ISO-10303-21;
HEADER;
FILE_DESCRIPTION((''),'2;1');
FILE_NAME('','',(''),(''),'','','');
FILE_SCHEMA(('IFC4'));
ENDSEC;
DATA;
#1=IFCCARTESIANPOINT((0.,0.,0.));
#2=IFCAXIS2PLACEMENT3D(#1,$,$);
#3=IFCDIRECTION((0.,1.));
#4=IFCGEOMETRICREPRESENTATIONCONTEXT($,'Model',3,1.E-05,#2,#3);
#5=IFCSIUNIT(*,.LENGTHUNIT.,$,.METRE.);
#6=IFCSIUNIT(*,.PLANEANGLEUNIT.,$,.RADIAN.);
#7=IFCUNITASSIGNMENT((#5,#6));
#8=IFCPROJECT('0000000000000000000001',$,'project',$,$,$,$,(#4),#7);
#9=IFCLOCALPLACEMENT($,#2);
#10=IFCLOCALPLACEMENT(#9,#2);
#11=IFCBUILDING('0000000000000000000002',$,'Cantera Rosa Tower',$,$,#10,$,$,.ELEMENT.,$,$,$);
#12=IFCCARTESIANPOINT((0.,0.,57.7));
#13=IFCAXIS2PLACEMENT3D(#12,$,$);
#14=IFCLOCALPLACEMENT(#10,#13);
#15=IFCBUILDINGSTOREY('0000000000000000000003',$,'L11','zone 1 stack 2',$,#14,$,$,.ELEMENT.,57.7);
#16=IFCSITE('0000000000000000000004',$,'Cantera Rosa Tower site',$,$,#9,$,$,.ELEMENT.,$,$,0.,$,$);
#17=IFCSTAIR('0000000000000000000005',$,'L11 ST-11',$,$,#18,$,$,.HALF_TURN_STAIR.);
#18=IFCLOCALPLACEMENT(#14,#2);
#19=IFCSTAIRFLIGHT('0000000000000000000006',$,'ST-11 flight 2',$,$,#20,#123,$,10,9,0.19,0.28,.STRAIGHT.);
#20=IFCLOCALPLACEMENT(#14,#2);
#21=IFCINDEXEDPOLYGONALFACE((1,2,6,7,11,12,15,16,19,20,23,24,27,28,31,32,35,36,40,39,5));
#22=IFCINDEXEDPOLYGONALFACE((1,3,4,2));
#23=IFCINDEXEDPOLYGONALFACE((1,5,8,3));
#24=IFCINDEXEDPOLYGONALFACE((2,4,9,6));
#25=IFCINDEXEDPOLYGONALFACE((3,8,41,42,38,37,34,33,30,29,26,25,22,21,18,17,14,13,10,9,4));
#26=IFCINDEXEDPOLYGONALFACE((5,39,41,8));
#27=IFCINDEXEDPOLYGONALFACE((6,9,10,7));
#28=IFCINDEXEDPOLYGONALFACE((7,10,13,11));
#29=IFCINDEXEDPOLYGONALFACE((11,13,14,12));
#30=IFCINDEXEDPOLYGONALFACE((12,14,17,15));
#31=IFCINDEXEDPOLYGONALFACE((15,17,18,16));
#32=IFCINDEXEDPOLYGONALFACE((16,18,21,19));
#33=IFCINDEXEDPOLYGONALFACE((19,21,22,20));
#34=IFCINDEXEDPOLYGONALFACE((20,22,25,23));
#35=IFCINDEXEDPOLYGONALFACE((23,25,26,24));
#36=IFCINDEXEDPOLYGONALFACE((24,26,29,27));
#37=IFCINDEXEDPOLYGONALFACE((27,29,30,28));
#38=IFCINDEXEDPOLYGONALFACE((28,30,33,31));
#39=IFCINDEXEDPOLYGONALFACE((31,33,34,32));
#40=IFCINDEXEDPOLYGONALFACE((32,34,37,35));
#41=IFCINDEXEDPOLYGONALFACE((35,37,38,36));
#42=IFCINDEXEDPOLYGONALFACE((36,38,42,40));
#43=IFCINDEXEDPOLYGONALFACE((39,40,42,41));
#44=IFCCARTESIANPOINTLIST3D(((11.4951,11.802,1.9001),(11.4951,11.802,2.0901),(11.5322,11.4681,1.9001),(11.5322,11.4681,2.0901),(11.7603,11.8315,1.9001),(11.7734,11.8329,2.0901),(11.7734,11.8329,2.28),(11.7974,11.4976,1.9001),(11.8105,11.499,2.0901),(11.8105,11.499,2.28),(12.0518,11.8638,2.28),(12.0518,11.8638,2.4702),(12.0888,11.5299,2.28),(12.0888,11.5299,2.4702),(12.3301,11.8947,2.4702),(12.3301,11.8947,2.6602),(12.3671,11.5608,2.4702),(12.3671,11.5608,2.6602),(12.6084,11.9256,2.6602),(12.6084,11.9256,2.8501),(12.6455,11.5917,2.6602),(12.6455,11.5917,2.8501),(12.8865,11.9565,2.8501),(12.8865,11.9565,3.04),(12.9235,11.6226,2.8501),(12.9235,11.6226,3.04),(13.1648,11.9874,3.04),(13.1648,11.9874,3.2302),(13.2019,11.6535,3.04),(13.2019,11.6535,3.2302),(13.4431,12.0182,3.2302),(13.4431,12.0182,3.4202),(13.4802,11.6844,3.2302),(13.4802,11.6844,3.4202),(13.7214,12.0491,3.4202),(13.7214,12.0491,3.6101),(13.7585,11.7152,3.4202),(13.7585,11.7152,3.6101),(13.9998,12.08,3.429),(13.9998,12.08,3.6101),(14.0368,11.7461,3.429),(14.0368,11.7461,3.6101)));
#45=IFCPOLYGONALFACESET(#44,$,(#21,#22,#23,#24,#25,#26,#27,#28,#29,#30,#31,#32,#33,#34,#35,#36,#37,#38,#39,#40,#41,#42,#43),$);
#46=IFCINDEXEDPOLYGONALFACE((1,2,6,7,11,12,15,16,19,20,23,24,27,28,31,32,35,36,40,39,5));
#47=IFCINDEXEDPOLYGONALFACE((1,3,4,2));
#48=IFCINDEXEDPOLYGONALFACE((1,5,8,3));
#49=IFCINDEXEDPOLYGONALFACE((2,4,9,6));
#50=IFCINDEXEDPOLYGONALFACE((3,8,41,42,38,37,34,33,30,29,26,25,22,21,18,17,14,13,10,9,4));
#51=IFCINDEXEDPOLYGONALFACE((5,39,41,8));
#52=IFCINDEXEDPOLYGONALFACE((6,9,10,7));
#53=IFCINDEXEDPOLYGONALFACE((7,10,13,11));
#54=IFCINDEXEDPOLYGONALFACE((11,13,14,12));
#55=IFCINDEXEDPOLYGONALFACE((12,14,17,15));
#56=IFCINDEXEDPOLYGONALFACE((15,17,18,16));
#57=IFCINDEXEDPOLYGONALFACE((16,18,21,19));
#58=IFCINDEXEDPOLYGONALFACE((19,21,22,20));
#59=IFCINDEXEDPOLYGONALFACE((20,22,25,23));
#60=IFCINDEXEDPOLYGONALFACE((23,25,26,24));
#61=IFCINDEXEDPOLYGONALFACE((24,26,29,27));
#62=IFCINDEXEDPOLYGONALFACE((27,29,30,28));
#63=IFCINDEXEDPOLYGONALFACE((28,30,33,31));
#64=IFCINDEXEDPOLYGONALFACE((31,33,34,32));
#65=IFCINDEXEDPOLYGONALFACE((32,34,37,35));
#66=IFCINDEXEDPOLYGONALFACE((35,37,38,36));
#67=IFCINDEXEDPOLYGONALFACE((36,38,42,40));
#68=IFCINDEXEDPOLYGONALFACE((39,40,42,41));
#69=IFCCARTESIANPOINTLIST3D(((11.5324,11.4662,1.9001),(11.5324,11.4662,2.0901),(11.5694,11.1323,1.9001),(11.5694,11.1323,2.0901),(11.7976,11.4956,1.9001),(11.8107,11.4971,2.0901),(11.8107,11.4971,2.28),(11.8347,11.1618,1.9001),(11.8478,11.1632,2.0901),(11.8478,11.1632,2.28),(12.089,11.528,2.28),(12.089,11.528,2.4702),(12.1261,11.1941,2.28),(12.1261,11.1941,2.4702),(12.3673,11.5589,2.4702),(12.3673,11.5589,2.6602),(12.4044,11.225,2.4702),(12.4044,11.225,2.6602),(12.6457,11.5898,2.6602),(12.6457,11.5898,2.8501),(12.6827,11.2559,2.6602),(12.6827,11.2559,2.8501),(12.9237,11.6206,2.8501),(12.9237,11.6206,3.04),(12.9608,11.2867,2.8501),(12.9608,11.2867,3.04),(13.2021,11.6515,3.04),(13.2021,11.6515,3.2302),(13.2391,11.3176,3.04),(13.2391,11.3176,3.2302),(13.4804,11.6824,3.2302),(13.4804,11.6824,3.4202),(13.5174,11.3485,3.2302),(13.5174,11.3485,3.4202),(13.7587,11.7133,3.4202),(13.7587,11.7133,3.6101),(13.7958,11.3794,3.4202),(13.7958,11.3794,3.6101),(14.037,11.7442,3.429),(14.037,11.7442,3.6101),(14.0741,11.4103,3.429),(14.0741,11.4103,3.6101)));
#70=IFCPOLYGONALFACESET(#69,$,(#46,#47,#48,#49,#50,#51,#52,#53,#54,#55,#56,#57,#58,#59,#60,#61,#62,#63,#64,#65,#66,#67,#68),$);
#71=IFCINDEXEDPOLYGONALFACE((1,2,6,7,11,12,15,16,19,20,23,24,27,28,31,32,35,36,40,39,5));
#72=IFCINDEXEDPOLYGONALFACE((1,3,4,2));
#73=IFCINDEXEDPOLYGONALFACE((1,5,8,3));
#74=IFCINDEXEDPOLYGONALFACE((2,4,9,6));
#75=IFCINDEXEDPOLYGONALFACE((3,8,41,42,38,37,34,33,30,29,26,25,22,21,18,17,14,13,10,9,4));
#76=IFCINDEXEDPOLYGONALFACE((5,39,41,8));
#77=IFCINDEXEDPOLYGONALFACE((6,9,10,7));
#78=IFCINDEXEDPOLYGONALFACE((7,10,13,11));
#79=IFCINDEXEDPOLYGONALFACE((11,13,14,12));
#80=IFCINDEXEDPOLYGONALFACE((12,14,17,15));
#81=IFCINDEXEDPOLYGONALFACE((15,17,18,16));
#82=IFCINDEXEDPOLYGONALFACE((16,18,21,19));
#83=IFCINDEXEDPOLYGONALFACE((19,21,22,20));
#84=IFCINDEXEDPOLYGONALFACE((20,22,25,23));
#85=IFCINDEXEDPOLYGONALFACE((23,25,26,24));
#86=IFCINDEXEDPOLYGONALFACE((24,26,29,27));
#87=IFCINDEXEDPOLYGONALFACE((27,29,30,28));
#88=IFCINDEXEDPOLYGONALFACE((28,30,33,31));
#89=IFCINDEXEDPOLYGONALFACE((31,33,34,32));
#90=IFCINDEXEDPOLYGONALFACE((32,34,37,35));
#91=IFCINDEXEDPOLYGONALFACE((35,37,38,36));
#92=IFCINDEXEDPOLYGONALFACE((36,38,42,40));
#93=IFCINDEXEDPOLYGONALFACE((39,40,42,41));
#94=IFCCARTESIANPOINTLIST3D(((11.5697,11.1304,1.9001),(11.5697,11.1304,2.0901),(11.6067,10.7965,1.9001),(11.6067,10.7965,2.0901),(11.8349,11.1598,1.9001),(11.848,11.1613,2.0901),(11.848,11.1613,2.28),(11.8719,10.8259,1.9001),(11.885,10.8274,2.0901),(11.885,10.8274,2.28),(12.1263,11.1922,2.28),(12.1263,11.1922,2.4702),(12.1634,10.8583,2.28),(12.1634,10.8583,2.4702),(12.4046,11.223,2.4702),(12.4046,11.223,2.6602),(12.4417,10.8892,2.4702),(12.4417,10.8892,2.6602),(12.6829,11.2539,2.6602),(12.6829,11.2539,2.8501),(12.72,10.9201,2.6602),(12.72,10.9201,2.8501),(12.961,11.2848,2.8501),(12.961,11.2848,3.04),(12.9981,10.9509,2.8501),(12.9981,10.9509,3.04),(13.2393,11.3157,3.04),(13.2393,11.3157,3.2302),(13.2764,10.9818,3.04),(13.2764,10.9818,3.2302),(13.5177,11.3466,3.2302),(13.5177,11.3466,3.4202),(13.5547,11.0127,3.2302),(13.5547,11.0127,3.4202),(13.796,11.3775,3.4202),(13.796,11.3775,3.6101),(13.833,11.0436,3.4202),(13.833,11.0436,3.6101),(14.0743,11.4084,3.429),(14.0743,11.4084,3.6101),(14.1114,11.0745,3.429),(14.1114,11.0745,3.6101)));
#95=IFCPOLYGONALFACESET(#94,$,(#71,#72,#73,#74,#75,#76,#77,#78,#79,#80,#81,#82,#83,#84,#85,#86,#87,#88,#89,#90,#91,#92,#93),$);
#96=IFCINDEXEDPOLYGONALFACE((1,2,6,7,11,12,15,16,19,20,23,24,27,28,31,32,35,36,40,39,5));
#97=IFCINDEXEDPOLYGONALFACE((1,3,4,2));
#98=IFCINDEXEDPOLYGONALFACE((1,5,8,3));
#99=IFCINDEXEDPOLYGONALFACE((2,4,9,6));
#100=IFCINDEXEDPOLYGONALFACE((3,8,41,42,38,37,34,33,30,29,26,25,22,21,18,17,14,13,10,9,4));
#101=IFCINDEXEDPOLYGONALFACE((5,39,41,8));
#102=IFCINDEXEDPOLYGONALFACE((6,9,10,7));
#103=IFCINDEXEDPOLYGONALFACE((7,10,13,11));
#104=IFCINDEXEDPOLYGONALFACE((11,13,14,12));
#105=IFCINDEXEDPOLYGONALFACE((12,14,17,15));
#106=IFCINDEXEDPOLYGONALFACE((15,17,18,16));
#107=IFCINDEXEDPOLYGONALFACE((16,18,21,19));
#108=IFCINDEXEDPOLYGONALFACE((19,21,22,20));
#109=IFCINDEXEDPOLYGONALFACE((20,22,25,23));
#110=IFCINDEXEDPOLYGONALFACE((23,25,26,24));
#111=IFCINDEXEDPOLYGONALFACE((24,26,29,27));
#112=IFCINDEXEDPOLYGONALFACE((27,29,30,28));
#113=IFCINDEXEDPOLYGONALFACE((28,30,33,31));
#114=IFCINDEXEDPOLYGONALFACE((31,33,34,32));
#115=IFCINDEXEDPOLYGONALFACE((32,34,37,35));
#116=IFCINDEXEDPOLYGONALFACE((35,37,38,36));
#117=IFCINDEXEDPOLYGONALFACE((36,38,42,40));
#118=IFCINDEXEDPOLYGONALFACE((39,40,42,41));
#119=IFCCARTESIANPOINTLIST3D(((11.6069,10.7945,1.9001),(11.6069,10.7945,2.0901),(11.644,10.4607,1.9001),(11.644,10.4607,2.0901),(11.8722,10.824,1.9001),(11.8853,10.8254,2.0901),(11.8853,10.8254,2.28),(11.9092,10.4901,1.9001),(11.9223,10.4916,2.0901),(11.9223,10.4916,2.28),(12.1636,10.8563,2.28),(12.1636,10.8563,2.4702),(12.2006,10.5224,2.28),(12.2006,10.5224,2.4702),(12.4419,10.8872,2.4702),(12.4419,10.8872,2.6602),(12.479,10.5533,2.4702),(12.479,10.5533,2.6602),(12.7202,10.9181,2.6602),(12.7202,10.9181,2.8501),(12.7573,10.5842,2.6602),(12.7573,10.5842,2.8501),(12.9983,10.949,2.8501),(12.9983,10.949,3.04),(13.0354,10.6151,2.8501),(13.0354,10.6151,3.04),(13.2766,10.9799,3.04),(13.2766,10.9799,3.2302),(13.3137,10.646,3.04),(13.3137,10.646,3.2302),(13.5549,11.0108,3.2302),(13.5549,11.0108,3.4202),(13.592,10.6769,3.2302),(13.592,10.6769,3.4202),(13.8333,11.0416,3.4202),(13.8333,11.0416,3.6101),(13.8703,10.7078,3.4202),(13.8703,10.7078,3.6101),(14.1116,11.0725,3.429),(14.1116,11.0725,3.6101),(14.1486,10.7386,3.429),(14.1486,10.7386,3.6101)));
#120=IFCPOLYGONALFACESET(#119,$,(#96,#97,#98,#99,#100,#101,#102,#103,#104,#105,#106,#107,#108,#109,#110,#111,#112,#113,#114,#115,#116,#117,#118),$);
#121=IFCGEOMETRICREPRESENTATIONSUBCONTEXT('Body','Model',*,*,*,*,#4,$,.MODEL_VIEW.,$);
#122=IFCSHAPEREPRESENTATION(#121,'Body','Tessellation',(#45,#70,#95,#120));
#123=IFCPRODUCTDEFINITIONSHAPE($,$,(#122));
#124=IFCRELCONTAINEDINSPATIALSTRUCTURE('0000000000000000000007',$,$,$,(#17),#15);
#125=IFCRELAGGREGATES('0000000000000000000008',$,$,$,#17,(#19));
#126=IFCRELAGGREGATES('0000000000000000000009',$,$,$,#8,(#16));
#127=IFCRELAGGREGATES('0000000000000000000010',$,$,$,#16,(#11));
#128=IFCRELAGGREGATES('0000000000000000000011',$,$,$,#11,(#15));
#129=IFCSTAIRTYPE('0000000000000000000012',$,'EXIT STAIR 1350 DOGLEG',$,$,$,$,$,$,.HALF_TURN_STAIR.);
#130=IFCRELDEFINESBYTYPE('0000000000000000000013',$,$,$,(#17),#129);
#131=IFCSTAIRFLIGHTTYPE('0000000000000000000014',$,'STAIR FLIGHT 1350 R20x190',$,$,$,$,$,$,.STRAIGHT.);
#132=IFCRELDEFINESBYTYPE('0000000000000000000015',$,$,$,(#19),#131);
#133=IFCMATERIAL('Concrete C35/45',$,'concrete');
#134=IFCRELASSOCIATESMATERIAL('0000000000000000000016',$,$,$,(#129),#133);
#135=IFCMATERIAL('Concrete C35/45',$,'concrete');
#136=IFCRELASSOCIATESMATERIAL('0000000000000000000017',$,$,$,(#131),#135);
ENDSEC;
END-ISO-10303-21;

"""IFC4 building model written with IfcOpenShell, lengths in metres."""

from ifc_helpers import new_model, si_unit, direction, frame, origin, place, context, subcontext, project, spatial, polyline, outline, extrude, material, type_object, element, aggregate, save


model = new_model("IFC4")

# Units and contexts
model_context = context("Model", 3, precision=1e-05, world=origin(), true_north=direction((0.0, 1.0)))
body_context = subcontext(model_context, "Body", "Model", "MODEL_VIEW")
ifc_project = project(units=[si_unit("LENGTHUNIT", "METRE"), si_unit("PLANEANGLEUNIT", "RADIAN")], contexts=[model_context])

# Site, building, storey
site_placement = place(None, origin())
site = spatial("IfcSite", under=ifc_project, at=site_placement, Name="Cantera Rosa Tower site", CompositionType="ELEMENT", RefElevation=0.0)
building_placement = place(site_placement, origin())
building = spatial("IfcBuilding", under=site, at=building_placement, Name="Cantera Rosa Tower", CompositionType="ELEMENT")
storey_placement = place(building_placement, frame((0.0, 0.0, 57.7)))
storey = spatial("IfcBuildingStorey", under=building, at=storey_placement, Name="L11", Description="zone 1 stack 2", CompositionType="ELEMENT", Elevation=57.7)

# Stair
ifc_material_1 = material(Name="Concrete C35/45", Category="concrete")
stair_type = type_object("IfcStairType", Name="EXIT STAIR 1350 DOGLEG", PredefinedType="HALF_TURN_STAIR", material=ifc_material_1)
stair_1_placement = place(storey_placement, origin())
stair_1 = element("IfcStair", 1, at=stair_1_placement, inside=storey, type_object=stair_type, Name="L11 ST-11", PredefinedType="HALF_TURN_STAIR")

# Stair flight
ifc_material_2 = material(Name="Concrete C35/45", Category="concrete")
stair_flight_type = type_object("IfcStairFlightType", Name="STAIR FLIGHT 1350 R20x190", PredefinedType="STRAIGHT", material=ifc_material_2)
stair_flight_placement = place(storey_placement, frame((11.5696, 11.1311, 1.9001), z_axis=(0.0, 0.0, 1.0), x_axis=(0.993897, 0.110313, 0.0)))
stair_flight = element("IfcStairFlight", 2, at=stair_flight_placement, type_object=stair_flight_type, Name="ST-11 flight 2", NumberOfRisers=10, NumberOfTreads=9, PredefinedType="STRAIGHT", RiserHeight=0.19, TreadLength=0.28, context=body_context, shape_type="SweptSolid", body=[
    extrude(outline(polyline([(0.0, 0.0), (0.0, 0.1899), (0.28, 0.1899), (0.28, 0.3799), (0.5601, 0.3799), (0.5601, 0.5701), (0.8401, 0.5701), (0.8401, 0.76), (1.1201, 0.76), (1.1201, 0.95), (1.3999, 0.95), (1.3999, 1.1399), (1.6799, 1.1399), (1.6799, 1.3301), (1.96, 1.3301), (1.96, 1.52), (2.24, 1.52), (2.24, 1.71), (2.52, 1.71), (2.52, 1.8999), (2.52, 1.5288), (0.2668, 0.0), (0.0, 0.0)])), frame((0.0, 0.675, 0.0), z_axis=(0.0, -1.0, 0.0), x_axis=(1.0, 0.0, 0.0)), (0.0, 0.0, 1.0), 0.3359),
    extrude(outline(polyline([(0.0, 0.0), (0.0, 0.1899), (0.28, 0.1899), (0.28, 0.3799), (0.5601, 0.3799), (0.5601, 0.5701), (0.8401, 0.5701), (0.8401, 0.76), (1.1201, 0.76), (1.1201, 0.95), (1.3999, 0.95), (1.3999, 1.1399), (1.6799, 1.1399), (1.6799, 1.3301), (1.96, 1.3301), (1.96, 1.52), (2.24, 1.52), (2.24, 1.71), (2.52, 1.71), (2.52, 1.8999), (2.52, 1.5288), (0.2668, 0.0), (0.0, 0.0)])), frame((0.0, 0.3372, 0.0), z_axis=(0.0, -1.0, 0.0), x_axis=(1.0, 0.0, 0.0)), (0.0, 0.0, 1.0), 0.3359),
    extrude(outline(polyline([(0.0, 0.0), (0.0, 0.1899), (0.28, 0.1899), (0.28, 0.3799), (0.5601, 0.3799), (0.5601, 0.5701), (0.8401, 0.5701), (0.8401, 0.76), (1.1201, 0.76), (1.1201, 0.95), (1.3999, 0.95), (1.3999, 1.1399), (1.6799, 1.1399), (1.6799, 1.3301), (1.96, 1.3301), (1.96, 1.52), (2.24, 1.52), (2.24, 1.71), (2.52, 1.71), (2.52, 1.8999), (2.52, 1.5288), (0.2668, 0.0), (0.0, 0.0)])), frame((0.0, -0.0007, 0.0), z_axis=(0.0, -1.0, 0.0), x_axis=(1.0, 0.0, 0.0)), (0.0, 0.0, 1.0), 0.3359),
    extrude(outline(polyline([(0.0, 0.0), (0.0, 0.1899), (0.28, 0.1899), (0.28, 0.3799), (0.5601, 0.3799), (0.5601, 0.5701), (0.8401, 0.5701), (0.8401, 0.76), (1.1201, 0.76), (1.1201, 0.95), (1.3999, 0.95), (1.3999, 1.1399), (1.6799, 1.1399), (1.6799, 1.3301), (1.96, 1.3301), (1.96, 1.52), (2.24, 1.52), (2.24, 1.71), (2.52, 1.71), (2.52, 1.8999), (2.52, 1.5288), (0.2668, 0.0), (0.0, 0.0)])), frame((0.0, -0.3386, 0.0), z_axis=(0.0, -1.0, 0.0), x_axis=(1.0, 0.0, 0.0)), (0.0, 0.0, 1.0), 0.3359),
])
aggregate(stair_1, [stair_flight])

save(model, "model.ifc")
